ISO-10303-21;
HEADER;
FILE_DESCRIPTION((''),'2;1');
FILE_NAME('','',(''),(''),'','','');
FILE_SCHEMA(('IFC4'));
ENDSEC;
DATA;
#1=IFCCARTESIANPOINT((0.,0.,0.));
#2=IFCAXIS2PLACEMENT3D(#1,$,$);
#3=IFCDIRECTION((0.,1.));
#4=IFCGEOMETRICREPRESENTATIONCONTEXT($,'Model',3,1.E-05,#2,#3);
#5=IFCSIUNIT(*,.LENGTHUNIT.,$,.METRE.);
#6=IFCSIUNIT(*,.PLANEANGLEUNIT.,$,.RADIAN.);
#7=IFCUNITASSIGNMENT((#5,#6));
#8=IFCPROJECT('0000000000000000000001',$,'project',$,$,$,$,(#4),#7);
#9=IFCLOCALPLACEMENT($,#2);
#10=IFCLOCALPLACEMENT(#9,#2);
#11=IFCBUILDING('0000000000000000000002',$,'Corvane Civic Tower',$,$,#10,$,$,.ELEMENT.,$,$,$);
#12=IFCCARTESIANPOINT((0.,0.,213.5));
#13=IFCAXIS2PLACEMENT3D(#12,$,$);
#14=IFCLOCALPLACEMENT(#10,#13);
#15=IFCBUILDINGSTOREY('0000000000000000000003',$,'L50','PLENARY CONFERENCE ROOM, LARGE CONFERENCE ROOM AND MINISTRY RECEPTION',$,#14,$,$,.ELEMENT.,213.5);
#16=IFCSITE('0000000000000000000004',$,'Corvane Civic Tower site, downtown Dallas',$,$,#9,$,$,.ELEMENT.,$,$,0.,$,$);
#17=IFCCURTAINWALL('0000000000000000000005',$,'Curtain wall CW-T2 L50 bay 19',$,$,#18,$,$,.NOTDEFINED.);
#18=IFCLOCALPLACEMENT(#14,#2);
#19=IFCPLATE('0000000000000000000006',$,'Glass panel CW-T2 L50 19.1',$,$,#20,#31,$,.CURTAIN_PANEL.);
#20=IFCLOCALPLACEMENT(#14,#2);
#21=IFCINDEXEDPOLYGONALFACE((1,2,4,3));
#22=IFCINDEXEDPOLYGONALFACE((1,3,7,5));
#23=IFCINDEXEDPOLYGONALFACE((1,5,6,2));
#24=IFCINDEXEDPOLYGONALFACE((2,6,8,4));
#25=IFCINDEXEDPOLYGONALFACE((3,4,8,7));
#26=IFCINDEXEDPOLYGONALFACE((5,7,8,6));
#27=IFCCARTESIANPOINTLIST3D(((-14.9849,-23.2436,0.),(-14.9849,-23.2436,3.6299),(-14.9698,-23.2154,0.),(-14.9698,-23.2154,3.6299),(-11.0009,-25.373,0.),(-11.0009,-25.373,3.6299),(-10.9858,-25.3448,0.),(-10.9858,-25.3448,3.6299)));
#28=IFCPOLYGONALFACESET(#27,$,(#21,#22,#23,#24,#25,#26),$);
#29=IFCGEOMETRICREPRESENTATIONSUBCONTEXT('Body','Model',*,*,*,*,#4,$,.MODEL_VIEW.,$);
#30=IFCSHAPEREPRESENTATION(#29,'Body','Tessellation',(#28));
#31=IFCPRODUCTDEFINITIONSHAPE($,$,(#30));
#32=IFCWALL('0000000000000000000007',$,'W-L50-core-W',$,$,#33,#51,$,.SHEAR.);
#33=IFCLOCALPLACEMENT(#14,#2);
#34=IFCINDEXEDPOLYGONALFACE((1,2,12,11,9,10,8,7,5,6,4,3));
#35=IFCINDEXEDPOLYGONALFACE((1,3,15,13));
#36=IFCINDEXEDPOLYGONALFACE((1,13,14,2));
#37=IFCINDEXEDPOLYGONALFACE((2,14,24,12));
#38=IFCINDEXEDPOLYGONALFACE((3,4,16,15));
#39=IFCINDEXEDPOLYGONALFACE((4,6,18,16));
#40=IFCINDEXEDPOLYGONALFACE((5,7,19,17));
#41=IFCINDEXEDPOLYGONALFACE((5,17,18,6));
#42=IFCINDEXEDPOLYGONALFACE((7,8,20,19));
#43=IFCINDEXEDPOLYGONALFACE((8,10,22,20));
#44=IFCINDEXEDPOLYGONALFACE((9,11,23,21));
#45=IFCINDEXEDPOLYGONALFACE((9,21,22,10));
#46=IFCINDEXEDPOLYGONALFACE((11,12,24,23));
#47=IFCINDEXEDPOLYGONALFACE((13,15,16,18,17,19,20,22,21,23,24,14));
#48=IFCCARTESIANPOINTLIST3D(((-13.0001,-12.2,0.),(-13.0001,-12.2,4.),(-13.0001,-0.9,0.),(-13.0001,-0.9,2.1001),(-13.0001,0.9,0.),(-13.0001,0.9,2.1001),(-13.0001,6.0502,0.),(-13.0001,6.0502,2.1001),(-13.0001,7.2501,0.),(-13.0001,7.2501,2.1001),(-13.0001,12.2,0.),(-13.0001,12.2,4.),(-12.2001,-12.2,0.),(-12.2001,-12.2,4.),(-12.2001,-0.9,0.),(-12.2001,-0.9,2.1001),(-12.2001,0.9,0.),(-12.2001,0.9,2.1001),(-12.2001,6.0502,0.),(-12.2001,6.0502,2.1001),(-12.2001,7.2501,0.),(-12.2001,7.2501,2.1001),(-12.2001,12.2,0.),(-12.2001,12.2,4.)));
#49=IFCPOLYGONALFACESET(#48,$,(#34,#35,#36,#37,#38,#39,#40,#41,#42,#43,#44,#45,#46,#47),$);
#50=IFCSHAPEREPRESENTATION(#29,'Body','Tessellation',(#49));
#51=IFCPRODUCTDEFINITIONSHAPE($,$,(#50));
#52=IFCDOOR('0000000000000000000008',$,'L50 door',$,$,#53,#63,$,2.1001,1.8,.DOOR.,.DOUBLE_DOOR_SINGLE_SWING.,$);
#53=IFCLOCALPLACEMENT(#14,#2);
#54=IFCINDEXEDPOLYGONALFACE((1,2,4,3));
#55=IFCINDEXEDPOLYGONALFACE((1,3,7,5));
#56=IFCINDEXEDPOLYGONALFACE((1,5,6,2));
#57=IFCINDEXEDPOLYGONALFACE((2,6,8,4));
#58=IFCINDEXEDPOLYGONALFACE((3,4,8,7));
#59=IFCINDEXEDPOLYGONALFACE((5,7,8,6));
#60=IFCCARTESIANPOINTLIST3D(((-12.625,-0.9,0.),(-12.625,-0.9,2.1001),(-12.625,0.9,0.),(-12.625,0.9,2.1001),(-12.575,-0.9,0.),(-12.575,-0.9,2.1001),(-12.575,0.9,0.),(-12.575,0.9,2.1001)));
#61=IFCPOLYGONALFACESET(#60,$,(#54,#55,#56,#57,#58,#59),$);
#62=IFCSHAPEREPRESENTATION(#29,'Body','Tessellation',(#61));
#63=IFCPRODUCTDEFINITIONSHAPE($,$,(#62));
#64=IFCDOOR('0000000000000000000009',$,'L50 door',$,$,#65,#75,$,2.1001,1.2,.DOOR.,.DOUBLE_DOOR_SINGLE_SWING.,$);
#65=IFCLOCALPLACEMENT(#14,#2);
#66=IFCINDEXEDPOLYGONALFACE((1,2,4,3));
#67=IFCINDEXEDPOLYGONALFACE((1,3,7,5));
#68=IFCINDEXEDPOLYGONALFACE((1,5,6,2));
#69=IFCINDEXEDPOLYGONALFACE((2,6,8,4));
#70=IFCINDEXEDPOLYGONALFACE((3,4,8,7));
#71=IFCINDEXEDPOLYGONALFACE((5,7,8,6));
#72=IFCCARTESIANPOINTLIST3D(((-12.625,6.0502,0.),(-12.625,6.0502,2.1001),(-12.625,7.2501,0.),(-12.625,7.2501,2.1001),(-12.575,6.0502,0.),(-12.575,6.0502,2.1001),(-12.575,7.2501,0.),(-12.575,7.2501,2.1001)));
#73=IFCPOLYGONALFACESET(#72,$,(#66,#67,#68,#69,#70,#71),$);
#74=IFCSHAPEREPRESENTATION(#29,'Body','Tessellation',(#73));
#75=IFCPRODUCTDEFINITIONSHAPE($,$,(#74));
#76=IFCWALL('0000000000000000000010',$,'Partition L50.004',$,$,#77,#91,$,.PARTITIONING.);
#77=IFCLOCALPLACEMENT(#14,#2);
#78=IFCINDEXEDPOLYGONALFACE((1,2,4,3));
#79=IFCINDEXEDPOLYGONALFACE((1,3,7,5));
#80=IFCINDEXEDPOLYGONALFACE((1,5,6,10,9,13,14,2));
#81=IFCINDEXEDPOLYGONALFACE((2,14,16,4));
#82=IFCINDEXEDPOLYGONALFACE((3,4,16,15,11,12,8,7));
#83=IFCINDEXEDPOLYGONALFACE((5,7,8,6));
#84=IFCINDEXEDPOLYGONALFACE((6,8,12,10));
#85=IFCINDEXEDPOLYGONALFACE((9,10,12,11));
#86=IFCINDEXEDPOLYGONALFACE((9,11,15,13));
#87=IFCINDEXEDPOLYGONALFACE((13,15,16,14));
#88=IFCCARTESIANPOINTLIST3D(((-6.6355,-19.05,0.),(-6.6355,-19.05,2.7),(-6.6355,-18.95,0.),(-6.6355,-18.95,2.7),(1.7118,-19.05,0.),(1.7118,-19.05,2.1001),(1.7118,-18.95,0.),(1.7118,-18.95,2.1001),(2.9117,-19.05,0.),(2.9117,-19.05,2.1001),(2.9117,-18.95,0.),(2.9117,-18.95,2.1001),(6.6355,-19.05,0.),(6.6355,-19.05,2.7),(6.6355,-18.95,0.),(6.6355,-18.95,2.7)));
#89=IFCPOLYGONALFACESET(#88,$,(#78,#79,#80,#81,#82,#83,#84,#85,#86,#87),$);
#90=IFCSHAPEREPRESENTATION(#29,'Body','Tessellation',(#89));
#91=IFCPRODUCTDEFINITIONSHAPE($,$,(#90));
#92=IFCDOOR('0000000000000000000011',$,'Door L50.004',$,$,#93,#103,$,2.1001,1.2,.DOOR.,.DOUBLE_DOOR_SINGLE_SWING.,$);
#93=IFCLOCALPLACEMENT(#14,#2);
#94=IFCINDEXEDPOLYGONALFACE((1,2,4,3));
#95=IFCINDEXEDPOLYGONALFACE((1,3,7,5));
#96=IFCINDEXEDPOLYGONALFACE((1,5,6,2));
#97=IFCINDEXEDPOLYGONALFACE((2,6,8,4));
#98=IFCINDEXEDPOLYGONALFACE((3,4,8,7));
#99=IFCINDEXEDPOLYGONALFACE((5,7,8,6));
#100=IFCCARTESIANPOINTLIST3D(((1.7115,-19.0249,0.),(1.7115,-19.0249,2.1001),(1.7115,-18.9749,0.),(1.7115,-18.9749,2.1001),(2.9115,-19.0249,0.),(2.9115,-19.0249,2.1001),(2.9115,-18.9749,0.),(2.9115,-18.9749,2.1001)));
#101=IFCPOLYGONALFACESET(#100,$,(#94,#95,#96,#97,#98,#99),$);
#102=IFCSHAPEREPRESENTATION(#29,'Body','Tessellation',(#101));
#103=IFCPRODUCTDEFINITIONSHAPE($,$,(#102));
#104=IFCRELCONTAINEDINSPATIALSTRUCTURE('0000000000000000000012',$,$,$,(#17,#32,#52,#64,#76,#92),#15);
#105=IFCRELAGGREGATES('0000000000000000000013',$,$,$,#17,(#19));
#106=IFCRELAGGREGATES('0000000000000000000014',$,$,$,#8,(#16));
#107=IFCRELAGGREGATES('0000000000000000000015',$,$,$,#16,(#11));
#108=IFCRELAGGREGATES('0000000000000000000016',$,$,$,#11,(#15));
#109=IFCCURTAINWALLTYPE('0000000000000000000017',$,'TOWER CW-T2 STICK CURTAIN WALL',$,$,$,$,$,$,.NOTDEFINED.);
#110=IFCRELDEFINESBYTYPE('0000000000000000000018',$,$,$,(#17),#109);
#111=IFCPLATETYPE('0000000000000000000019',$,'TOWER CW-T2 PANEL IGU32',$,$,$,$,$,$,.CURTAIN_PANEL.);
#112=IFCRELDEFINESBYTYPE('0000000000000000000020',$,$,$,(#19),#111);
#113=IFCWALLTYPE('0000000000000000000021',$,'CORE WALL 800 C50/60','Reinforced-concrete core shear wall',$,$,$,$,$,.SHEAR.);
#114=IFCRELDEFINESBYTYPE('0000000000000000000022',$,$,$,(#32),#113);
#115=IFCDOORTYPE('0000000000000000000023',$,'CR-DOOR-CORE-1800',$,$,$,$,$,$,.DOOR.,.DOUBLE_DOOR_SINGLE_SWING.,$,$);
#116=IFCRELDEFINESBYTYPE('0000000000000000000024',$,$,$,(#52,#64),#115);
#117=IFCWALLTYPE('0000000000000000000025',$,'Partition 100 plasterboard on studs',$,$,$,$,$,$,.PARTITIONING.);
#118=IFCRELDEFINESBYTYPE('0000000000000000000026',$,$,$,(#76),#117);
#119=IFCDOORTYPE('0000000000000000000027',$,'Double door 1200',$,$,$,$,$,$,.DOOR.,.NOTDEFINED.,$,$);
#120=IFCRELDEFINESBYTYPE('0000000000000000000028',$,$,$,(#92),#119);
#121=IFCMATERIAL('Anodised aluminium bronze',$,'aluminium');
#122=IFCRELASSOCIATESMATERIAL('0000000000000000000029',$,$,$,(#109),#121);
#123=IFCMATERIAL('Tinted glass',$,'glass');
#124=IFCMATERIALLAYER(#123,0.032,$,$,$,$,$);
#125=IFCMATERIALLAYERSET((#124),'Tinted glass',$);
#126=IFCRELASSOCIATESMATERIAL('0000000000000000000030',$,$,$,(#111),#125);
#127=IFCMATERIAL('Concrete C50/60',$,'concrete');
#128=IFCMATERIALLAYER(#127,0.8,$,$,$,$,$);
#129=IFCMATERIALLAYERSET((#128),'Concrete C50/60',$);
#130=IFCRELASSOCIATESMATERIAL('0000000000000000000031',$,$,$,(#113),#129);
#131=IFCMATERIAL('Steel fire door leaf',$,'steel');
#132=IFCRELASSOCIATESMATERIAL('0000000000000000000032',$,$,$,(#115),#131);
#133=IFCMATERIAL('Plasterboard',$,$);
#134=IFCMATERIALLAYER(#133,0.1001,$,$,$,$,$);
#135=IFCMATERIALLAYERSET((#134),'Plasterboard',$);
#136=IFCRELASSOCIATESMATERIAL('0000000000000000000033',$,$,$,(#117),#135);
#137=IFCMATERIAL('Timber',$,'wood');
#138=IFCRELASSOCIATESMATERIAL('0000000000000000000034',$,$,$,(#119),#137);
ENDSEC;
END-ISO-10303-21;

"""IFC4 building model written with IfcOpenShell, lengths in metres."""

from ifc_helpers import new_model, si_unit, direction, frame, frame_2d, origin, origin_2d, place, context, subcontext, project, spatial, rectangle, extrude, material, layer, layer_set, type_object, element, fill, aggregate, save


model = new_model("IFC4")

# Units and contexts
model_context = context("Model", 3, precision=1e-05, world=origin(), true_north=direction((0.0, 1.0)))
body_context = subcontext(model_context, "Body", "Model", "MODEL_VIEW")
ifc_project = project(units=[si_unit("LENGTHUNIT", "METRE"), si_unit("PLANEANGLEUNIT", "RADIAN")], contexts=[model_context])

# Site, building, storey
site_placement = place(None, origin())
site = spatial("IfcSite", under=ifc_project, at=site_placement, Name="Corvane Civic Tower site, downtown Dallas", CompositionType="ELEMENT", RefElevation=0.0)
building_placement = place(site_placement, origin())
building = spatial("IfcBuilding", under=site, at=building_placement, Name="Corvane Civic Tower", CompositionType="ELEMENT")
storey_placement = place(building_placement, frame((0.0, 0.0, 213.5)))
storey = spatial("IfcBuildingStorey", under=building, at=storey_placement, Name="L50", Description="PLENARY CONFERENCE ROOM, LARGE CONFERENCE ROOM AND MINISTRY RECEPTION", CompositionType="ELEMENT", Elevation=213.5)

# Curtain wall
ifc_material_1 = material(Name="Anodised aluminium bronze", Category="aluminium")
curtain_wall_type = type_object("IfcCurtainWallType", Name="TOWER CW-T2 STICK CURTAIN WALL", PredefinedType="NOTDEFINED", material=ifc_material_1)
curtain_wall_1_placement = place(storey_placement, origin())
curtain_wall_1 = element("IfcCurtainWall", 1, at=curtain_wall_1_placement, inside=storey, type_object=curtain_wall_type, Name="Curtain wall CW-T2 L50 bay 19", PredefinedType="NOTDEFINED")

# Plate
ifc_material_2 = material(Name="Tinted glass", Category="glass")
ifc_layer_1 = layer(ifc_material_2, 0.032)
ifc_layer_set_1 = layer_set([ifc_layer_1], Name="Tinted glass")
plate_type = type_object("IfcPlateType", Name="TOWER CW-T2 PANEL IGU32", PredefinedType="CURTAIN_PANEL", material=ifc_layer_set_1)
plate_1_placement = place(storey_placement, frame((-12.9854, -24.2942, 0.0), z_axis=(0.0, 0.0, 1.0), x_axis=(-0.88192, 0.471398, 0.0)))
plate_1 = element("IfcPlate", 2, at=plate_1_placement, type_object=plate_type, Name="Glass panel CW-T2 L50 19.1", PredefinedType="CURTAIN_PANEL", context=body_context, shape_type="SweptSolid", body=[
    extrude(rectangle(XDim=4.5173, YDim=0.032, at=origin_2d()), origin(), (0.0, 0.0, 1.0), 3.6299),
])
aggregate(curtain_wall_1, [plate_1])

# Wall, openings, doors
ifc_material_3 = material(Name="Concrete C50/60", Category="concrete")
ifc_layer_2 = layer(ifc_material_3, 0.8)
ifc_layer_set_2 = layer_set([ifc_layer_2], Name="Concrete C50/60")
wall_type_1 = type_object("IfcWallType", Name="CORE WALL 800 C50/60", Description="Reinforced-concrete core shear wall", PredefinedType="SHEAR", material=ifc_layer_set_2)
wall_1_placement = place(storey_placement, frame((-12.6001, -12.2, 0.0), z_axis=(0.0, 0.0, 1.0), x_axis=(0.0, 1.0, 0.0)))
wall_1 = element("IfcWall", 3, at=wall_1_placement, inside=storey, type_object=wall_type_1, Name="W-L50-core-W", PredefinedType="SHEAR", context=body_context, shape_type="SweptSolid", body=[
    extrude(rectangle(XDim=24.3999, YDim=0.8, at=frame_2d((12.2, 0.0))), origin(), (0.0, 0.0, 1.0), 4.0),
])
opening_1_placement = place(wall_1_placement, frame((11.3, 0.0, 0.0)))
opening_1 = element("IfcOpeningElement", 4, at=opening_1_placement, cuts=wall_1, PredefinedType="OPENING", context=body_context, shape_type="SweptSolid", body=[
    extrude(rectangle(XDim=1.8, YDim=2.1001, at=frame_2d((0.8999, 1.05))), frame((0.0, 0.4099, 0.0), z_axis=(0.0, -1.0, 0.0), x_axis=(1.0, 0.0, 0.0)), (0.0, 0.0, 1.0), 0.8201),
])
opening_2_placement = place(wall_1_placement, frame((18.25, 0.0, 0.0)))
opening_2 = element("IfcOpeningElement", 5, at=opening_2_placement, cuts=wall_1, PredefinedType="OPENING", context=body_context, shape_type="SweptSolid", body=[
    extrude(rectangle(XDim=1.2, YDim=2.1001, at=frame_2d((0.6001, 1.05))), frame((0.0, 0.4099, 0.0), z_axis=(0.0, -1.0, 0.0), x_axis=(1.0, 0.0, 0.0)), (0.0, 0.0, 1.0), 0.8201),
])
ifc_material_4 = material(Name="Steel fire door leaf", Category="steel")
door_type_1 = type_object("IfcDoorType", Name="CR-DOOR-CORE-1800", OperationType="DOUBLE_DOOR_SINGLE_SWING", PredefinedType="DOOR", material=ifc_material_4)
door_1_placement = place(opening_1_placement, origin())
door_1 = element("IfcDoor", 6, at=door_1_placement, inside=storey, type_object=door_type_1, Name="L50 door", OperationType="DOUBLE_DOOR_SINGLE_SWING", OverallHeight=2.1001, OverallWidth=1.8, PredefinedType="DOOR", context=body_context, shape_type="SweptSolid", body=[
    extrude(rectangle(XDim=1.8, YDim=2.1001, at=frame_2d((0.8999, 1.05))), frame((0.0, 0.0249, 0.0), z_axis=(0.0, -1.0, 0.0), x_axis=(1.0, 0.0, 0.0)), (0.0, 0.0, 1.0), 0.05),
])
fill(opening_1, door_1)
door_2_placement = place(opening_2_placement, origin())
door_2 = element("IfcDoor", 7, at=door_2_placement, inside=storey, type_object=door_type_1, Name="L50 door", OperationType="DOUBLE_DOOR_SINGLE_SWING", OverallHeight=2.1001, OverallWidth=1.2, PredefinedType="DOOR", context=body_context, shape_type="SweptSolid", body=[
    extrude(rectangle(XDim=1.2, YDim=2.1001, at=frame_2d((0.6001, 1.05))), frame((0.0, 0.0249, 0.0), z_axis=(0.0, -1.0, 0.0), x_axis=(1.0, 0.0, 0.0)), (0.0, 0.0, 1.0), 0.05),
])
fill(opening_2, door_2)

# Wall, opening, door
ifc_material_5 = material(Name="Plasterboard")
ifc_layer_3 = layer(ifc_material_5, 0.1001)
ifc_layer_set_3 = layer_set([ifc_layer_3], Name="Plasterboard")
wall_type_2 = type_object("IfcWallType", Name="Partition 100 plasterboard on studs", PredefinedType="PARTITIONING", material=ifc_layer_set_3)
wall_2_placement = place(storey_placement, frame((-6.6355, -19.0, 0.0), z_axis=(0.0, 0.0, 1.0), x_axis=(1.0, 0.0, 0.0)))
wall_2 = element("IfcWall", 8, at=wall_2_placement, inside=storey, type_object=wall_type_2, Name="Partition L50.004", PredefinedType="PARTITIONING", context=body_context, shape_type="SweptSolid", body=[
    extrude(rectangle(XDim=13.271, YDim=0.1001, at=frame_2d((6.6355, 0.0))), origin(), (0.0, 0.0, 1.0), 2.7),
])
opening_3_placement = place(wall_2_placement, frame((8.3472, 0.0, 0.0)))
opening_3 = element("IfcOpeningElement", 9, at=opening_3_placement, cuts=wall_2, PredefinedType="OPENING", context=body_context, shape_type="SweptSolid", body=[
    extrude(rectangle(XDim=1.2, YDim=2.1001, at=frame_2d((0.6001, 1.05))), frame((0.0, 0.0601, 0.0), z_axis=(0.0, -1.0, 0.0), x_axis=(1.0, 0.0, 0.0)), (0.0, 0.0, 1.0), 0.1201),
])
ifc_material_6 = material(Name="Timber", Category="wood")
door_type_2 = type_object("IfcDoorType", Name="Double door 1200", OperationType="NOTDEFINED", PredefinedType="DOOR", material=ifc_material_6)
door_3_placement = place(opening_3_placement, frame((1.2, 0.0, 0.0), z_axis=(0.0, 0.0, 1.0), x_axis=(-1.0, 0.0, 0.0)))
door_3 = element("IfcDoor", 10, at=door_3_placement, inside=storey, type_object=door_type_2, Name="Door L50.004", OperationType="DOUBLE_DOOR_SINGLE_SWING", OverallHeight=2.1001, OverallWidth=1.2, PredefinedType="DOOR", context=body_context, shape_type="SweptSolid", body=[
    extrude(rectangle(XDim=1.2, YDim=2.1001, at=frame_2d((0.6001, 1.05))), frame((0.0, 0.0249, 0.0), z_axis=(0.0, -1.0, 0.0), x_axis=(1.0, 0.0, 0.0)), (0.0, 0.0, 1.0), 0.05),
])
fill(opening_3, door_3)

save(model, "model.ifc")
